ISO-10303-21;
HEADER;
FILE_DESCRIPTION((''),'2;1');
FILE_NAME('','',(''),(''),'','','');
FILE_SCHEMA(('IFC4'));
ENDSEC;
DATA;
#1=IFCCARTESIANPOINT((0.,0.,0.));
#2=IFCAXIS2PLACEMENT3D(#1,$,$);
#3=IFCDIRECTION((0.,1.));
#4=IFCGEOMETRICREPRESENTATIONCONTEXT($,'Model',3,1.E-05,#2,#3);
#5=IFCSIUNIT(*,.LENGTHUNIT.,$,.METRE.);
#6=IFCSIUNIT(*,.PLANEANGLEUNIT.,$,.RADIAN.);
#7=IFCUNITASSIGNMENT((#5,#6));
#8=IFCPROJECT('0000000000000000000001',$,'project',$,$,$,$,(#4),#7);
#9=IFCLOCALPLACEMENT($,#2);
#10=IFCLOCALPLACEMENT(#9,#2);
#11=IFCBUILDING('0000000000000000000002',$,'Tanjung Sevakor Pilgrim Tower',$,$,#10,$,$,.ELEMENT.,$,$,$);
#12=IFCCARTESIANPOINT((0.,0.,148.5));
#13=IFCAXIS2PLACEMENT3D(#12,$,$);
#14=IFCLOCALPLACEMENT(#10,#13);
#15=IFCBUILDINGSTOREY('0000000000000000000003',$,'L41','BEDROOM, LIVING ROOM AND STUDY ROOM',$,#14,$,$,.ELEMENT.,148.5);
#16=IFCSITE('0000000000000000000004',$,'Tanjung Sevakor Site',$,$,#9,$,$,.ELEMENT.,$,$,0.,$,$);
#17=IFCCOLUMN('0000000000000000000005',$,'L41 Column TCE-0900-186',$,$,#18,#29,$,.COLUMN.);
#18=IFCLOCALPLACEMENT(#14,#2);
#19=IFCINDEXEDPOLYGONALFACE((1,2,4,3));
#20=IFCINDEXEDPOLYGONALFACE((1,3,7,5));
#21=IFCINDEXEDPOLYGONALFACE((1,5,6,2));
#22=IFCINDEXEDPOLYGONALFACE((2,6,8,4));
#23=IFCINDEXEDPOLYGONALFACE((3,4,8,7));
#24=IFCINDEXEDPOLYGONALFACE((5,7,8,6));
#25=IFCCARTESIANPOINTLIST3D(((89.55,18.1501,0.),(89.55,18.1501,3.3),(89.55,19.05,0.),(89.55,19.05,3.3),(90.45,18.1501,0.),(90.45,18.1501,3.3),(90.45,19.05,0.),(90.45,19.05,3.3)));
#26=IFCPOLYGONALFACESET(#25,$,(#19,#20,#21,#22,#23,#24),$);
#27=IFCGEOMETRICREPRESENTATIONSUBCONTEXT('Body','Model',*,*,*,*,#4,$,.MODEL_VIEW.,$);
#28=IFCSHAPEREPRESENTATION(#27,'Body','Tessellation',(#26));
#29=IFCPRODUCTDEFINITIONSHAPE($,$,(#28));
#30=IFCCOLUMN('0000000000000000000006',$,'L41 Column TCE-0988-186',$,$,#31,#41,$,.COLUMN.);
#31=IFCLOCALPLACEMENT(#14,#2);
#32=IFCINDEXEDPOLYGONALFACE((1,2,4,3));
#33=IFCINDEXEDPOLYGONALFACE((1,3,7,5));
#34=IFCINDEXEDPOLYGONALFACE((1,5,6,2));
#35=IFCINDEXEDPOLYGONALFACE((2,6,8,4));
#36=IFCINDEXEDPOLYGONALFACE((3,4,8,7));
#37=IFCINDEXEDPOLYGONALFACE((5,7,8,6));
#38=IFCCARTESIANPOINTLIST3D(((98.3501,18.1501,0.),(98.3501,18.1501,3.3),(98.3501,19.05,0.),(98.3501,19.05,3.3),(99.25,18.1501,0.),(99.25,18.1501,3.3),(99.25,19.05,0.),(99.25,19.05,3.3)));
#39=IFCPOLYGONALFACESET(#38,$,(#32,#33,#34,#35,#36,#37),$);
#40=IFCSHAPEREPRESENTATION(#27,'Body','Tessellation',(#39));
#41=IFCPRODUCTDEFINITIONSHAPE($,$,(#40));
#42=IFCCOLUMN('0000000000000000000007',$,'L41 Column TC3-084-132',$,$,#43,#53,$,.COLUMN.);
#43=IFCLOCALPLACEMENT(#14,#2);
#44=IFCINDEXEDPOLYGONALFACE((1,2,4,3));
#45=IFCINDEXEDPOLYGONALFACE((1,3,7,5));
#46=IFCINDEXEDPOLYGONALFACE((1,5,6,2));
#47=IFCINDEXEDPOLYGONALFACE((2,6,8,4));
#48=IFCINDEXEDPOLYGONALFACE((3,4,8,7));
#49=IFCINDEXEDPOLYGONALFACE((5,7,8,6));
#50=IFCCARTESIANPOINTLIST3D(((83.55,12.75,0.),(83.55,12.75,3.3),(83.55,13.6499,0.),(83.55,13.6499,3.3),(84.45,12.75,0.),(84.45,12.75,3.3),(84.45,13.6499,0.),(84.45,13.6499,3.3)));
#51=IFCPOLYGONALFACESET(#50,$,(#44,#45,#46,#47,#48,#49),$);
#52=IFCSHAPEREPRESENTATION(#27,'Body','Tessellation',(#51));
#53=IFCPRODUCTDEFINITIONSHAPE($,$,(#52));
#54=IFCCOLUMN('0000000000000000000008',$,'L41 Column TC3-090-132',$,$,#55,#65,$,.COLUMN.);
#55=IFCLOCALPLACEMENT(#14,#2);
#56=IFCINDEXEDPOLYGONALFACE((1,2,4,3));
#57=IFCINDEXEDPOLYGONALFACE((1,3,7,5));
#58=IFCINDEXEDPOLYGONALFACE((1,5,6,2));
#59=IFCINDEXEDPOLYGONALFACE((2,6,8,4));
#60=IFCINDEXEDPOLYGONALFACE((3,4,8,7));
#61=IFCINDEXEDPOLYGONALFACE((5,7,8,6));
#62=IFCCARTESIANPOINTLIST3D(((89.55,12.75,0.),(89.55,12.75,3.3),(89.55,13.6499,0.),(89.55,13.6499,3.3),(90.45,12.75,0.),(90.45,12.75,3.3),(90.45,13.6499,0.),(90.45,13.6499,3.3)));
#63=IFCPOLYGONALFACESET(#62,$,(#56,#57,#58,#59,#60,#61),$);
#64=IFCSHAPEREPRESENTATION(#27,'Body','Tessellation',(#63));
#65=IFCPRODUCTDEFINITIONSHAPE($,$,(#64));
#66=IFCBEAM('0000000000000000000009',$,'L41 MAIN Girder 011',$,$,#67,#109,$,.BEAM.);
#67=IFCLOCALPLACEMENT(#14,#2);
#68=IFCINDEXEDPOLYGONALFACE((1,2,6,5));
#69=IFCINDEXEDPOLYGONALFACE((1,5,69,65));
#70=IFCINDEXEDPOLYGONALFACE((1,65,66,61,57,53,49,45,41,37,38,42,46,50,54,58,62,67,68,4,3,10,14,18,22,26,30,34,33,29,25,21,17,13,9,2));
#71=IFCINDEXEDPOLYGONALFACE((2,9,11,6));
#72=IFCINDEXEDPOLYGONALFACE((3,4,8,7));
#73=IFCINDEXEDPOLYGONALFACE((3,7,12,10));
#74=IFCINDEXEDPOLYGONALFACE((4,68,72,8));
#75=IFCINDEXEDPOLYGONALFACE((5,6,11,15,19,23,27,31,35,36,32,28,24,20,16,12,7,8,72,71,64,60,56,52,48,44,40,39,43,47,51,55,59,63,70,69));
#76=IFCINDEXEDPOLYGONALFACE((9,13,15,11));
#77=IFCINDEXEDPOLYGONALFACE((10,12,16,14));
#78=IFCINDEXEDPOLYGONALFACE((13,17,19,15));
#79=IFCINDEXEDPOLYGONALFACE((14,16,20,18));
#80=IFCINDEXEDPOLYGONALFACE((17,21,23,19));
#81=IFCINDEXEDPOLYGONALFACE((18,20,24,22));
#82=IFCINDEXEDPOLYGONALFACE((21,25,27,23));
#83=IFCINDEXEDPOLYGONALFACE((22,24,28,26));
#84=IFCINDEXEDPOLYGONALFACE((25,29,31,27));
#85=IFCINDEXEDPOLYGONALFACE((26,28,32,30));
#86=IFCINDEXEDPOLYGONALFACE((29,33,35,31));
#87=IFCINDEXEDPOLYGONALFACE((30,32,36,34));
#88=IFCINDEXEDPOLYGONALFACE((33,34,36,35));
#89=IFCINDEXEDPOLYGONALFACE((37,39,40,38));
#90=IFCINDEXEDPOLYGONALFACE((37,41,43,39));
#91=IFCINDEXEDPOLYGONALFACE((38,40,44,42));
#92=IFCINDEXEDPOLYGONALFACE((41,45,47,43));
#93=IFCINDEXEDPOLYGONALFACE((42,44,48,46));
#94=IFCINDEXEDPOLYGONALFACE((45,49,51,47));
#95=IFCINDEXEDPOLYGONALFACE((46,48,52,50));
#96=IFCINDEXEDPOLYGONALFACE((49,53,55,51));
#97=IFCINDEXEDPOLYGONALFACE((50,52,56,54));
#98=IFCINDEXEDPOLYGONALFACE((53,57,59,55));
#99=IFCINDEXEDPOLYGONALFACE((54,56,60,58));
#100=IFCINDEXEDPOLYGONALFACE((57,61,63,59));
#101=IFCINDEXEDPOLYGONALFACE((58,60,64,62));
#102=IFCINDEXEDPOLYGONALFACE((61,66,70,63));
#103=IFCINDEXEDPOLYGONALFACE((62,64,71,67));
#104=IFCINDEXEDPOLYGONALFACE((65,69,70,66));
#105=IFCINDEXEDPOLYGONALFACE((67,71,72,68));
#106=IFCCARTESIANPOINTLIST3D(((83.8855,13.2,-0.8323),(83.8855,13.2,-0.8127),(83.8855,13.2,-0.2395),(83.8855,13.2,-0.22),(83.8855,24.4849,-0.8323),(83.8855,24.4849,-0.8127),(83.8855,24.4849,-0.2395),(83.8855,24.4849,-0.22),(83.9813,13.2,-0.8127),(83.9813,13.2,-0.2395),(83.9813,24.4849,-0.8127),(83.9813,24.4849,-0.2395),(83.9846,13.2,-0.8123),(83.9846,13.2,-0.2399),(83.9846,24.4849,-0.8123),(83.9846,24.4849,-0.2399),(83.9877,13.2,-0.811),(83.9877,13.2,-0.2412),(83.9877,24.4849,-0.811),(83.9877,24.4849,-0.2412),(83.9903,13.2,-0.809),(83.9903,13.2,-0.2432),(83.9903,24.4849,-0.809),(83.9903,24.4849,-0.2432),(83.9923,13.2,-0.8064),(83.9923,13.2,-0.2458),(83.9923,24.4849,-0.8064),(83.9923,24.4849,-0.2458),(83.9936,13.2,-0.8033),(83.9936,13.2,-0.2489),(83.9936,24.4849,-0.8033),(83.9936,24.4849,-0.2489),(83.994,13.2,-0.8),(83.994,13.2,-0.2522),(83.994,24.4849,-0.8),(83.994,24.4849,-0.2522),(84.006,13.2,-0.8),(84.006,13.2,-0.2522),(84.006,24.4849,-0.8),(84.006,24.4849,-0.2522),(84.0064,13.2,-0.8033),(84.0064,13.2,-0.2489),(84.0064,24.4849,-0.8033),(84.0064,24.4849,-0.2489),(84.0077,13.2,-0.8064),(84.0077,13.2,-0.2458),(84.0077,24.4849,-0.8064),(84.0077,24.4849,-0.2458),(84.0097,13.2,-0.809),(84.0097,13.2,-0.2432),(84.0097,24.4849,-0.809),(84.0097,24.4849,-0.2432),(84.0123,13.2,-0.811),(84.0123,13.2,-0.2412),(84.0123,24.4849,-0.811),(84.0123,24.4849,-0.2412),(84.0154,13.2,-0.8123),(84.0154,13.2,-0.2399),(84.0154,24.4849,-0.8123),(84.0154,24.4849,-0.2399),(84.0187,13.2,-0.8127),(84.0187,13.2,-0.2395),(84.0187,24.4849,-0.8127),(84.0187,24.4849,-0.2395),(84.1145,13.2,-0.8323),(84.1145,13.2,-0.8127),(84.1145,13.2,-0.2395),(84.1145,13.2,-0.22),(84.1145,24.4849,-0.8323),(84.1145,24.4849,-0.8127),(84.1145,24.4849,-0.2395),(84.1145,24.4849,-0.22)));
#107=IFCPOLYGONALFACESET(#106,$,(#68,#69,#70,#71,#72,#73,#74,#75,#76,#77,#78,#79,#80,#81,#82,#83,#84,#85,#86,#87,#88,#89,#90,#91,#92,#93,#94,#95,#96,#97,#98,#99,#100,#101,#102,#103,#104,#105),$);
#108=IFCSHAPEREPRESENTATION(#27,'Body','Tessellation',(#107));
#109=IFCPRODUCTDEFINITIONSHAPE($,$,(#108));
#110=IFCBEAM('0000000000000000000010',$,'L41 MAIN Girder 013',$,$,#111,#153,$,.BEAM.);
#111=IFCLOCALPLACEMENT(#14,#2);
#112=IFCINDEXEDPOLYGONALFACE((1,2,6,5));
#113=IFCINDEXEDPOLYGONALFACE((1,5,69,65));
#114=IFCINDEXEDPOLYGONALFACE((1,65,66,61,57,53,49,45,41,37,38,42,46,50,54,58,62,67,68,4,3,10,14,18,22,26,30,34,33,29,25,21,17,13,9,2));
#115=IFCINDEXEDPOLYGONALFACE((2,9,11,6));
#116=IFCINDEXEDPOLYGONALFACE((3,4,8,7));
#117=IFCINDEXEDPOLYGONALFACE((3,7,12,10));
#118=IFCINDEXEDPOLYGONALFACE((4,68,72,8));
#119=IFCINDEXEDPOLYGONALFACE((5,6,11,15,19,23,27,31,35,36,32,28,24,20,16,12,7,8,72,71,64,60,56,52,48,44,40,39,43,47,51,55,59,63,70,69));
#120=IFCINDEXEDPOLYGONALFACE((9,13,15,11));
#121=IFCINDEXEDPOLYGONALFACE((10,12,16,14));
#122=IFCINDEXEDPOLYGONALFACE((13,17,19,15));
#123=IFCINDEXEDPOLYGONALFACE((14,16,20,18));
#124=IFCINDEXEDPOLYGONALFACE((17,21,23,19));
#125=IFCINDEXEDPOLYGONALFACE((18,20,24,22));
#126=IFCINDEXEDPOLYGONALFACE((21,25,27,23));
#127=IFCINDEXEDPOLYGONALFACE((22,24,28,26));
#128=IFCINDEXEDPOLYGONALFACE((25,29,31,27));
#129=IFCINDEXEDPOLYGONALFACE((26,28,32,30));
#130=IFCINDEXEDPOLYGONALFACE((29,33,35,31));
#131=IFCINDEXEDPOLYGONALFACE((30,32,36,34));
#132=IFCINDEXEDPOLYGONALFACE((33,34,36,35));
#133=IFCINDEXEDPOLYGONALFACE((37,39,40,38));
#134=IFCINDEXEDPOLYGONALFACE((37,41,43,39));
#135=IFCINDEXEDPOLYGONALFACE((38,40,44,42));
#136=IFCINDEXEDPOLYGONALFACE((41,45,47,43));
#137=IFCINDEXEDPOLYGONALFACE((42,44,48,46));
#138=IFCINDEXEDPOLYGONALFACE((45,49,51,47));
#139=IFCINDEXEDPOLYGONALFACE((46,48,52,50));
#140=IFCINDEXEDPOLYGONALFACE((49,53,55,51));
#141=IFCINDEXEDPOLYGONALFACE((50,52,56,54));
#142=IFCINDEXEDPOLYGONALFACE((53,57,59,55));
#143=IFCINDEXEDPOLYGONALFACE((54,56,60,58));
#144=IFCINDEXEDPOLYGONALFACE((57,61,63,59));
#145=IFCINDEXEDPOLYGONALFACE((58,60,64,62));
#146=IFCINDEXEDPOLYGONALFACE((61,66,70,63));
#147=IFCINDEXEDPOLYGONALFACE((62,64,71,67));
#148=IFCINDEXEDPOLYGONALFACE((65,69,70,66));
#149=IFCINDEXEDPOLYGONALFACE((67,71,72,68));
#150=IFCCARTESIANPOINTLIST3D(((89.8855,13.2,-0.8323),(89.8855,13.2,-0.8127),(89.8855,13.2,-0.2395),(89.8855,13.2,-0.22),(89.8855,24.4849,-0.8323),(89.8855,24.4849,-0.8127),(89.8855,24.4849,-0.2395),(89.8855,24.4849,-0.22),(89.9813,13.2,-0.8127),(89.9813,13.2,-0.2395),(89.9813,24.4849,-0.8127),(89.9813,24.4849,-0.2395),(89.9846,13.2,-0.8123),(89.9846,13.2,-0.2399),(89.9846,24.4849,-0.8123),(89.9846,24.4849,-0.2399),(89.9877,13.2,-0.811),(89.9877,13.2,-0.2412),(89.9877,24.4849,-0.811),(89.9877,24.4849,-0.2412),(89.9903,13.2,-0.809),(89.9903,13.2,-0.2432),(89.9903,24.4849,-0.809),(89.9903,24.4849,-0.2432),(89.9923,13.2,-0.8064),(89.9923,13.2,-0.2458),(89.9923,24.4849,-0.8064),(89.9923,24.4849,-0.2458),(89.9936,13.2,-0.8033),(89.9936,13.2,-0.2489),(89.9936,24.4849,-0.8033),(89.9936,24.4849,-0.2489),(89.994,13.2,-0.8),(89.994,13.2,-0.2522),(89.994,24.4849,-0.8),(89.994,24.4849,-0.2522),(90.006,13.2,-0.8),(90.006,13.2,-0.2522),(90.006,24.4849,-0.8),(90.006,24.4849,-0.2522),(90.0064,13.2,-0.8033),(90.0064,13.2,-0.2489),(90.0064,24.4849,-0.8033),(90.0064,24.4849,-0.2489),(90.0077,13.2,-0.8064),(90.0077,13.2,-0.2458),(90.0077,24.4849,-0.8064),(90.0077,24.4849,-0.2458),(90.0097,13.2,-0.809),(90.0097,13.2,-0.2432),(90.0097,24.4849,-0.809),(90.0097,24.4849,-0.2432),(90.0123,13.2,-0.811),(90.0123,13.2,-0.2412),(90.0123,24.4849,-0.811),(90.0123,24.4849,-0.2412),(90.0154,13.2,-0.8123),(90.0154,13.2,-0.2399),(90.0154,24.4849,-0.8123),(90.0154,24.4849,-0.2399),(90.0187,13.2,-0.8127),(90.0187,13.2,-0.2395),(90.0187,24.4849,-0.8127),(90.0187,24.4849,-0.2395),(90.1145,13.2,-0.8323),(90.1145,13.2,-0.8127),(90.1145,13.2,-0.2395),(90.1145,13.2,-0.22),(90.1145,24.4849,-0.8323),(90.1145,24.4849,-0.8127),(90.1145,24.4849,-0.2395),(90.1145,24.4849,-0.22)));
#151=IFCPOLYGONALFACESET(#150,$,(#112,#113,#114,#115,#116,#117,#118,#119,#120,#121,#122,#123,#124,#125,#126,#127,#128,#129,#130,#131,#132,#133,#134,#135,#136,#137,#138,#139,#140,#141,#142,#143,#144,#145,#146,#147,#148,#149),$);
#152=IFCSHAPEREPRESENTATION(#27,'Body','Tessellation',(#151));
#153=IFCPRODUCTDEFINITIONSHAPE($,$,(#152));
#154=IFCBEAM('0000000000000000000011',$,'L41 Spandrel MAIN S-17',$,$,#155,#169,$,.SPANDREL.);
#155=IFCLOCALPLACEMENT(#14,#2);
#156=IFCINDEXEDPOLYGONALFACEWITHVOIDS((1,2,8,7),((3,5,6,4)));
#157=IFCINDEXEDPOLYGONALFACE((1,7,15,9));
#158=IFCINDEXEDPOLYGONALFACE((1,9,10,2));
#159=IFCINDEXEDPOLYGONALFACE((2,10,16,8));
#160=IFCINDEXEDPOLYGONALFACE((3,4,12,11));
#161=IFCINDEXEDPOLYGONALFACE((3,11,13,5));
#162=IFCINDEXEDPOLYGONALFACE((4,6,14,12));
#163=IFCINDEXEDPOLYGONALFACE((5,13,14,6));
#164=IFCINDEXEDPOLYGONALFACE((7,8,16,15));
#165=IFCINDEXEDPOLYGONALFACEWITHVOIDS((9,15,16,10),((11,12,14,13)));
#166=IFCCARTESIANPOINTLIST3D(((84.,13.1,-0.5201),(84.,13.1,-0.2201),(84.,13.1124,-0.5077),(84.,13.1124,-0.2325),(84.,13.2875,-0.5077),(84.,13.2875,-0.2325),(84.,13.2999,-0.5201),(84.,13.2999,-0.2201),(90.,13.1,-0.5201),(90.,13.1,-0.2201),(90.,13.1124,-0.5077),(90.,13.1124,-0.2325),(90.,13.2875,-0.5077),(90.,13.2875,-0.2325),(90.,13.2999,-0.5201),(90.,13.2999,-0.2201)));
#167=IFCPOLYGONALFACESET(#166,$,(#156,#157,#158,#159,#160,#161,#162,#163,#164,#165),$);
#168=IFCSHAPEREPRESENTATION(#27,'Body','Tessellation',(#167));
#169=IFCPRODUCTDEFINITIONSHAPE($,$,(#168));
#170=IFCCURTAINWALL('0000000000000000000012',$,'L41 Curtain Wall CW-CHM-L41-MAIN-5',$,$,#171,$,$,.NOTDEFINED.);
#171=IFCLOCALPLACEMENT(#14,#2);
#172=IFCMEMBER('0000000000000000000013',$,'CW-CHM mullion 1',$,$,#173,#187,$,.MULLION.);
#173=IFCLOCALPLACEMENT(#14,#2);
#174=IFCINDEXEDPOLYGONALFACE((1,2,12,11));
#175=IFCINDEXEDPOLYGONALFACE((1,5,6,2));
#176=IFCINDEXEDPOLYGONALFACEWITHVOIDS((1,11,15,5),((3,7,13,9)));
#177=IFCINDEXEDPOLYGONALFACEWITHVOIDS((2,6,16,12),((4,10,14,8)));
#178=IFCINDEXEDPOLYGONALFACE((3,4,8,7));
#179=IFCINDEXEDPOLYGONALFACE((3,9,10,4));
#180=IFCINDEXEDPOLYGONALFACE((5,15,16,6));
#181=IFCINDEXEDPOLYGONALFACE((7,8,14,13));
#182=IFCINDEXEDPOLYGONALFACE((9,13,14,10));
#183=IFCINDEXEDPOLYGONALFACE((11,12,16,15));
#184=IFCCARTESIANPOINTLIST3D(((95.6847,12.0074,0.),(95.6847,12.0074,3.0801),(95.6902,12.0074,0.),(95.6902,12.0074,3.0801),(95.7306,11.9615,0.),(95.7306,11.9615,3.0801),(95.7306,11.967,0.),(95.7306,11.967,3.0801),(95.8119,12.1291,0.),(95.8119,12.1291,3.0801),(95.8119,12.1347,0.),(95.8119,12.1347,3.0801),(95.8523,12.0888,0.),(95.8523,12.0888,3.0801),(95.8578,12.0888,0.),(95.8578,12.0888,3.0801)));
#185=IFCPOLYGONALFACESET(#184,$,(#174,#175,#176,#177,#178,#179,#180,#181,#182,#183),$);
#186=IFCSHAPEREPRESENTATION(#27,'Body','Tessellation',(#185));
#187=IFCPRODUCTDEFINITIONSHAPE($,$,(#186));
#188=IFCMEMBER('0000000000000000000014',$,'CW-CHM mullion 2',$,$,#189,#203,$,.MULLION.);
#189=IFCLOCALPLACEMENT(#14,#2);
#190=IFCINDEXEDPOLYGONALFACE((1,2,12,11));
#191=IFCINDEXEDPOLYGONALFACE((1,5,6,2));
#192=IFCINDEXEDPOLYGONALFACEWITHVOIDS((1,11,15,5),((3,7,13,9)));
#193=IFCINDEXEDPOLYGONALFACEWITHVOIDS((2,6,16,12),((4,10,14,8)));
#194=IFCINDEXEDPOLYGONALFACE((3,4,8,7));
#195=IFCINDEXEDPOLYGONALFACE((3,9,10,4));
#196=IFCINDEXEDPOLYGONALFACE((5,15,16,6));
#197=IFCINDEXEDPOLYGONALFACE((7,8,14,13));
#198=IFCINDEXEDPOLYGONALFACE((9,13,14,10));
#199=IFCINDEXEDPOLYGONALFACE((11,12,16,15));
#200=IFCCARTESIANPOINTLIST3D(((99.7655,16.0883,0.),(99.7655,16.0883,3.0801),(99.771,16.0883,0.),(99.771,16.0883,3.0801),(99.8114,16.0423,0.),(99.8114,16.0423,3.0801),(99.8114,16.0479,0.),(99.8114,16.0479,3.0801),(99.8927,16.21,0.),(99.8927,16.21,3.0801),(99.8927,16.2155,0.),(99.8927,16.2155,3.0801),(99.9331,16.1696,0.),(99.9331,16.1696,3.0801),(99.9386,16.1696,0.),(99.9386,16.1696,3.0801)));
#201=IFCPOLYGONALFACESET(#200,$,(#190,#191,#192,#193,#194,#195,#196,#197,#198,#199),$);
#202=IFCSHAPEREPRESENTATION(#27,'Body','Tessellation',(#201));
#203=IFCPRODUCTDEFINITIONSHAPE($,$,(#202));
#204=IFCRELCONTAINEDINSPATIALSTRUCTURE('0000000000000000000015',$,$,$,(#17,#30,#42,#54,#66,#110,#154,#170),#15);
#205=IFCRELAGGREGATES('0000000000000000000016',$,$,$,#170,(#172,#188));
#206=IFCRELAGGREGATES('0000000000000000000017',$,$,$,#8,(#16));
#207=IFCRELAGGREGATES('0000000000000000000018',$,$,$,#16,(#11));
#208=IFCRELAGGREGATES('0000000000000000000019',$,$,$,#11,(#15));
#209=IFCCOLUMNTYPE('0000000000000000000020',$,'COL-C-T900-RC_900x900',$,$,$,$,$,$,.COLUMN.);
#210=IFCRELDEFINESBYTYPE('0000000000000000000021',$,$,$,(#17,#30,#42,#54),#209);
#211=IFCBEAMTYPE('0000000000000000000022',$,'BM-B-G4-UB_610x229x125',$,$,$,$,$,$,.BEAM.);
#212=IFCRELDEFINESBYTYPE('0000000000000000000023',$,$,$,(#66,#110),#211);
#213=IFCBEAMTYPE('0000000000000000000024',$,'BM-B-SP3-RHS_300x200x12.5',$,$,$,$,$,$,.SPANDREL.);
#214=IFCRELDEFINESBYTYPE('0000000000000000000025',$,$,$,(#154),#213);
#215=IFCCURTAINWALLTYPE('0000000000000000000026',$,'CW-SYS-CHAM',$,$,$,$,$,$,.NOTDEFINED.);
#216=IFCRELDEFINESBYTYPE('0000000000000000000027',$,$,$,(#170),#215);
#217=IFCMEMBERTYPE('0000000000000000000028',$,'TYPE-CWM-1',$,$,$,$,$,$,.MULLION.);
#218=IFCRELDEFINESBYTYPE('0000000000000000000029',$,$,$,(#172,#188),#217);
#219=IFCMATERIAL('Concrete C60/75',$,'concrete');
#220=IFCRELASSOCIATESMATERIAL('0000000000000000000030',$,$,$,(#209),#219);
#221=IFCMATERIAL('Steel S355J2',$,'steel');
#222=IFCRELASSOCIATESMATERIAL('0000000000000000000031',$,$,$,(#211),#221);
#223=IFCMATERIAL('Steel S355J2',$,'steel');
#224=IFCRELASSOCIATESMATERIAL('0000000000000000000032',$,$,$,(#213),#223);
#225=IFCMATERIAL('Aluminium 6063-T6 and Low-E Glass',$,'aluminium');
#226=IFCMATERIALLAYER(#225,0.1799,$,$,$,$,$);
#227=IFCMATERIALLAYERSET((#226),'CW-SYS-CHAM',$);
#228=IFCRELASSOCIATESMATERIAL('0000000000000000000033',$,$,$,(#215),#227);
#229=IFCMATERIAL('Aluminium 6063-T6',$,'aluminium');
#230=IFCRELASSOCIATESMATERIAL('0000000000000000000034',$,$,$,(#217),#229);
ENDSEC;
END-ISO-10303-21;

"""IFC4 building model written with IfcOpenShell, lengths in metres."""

from ifc_helpers import new_model, si_unit, direction, frame, origin, origin_2d, place, context, subcontext, project, spatial, rectangle, hollow_rectangle, i_section, extrude, material, layer, layer_set, material_profile, profile_set, type_object, element, aggregate, save


model = new_model("IFC4")

# Units and contexts
model_context = context("Model", 3, precision=1e-05, world=origin(), true_north=direction((0.0, 1.0)))
body_context = subcontext(model_context, "Body", "Model", "MODEL_VIEW")
ifc_project = project(units=[si_unit("LENGTHUNIT", "METRE"), si_unit("PLANEANGLEUNIT", "RADIAN")], contexts=[model_context])

# Site, building, storey
site_placement = place(None, origin())
site = spatial("IfcSite", under=ifc_project, at=site_placement, Name="Tanjung Sevakor Site", CompositionType="ELEMENT", RefElevation=0.0)
building_placement = place(site_placement, origin())
building = spatial("IfcBuilding", under=site, at=building_placement, Name="Tanjung Sevakor Pilgrim Tower", CompositionType="ELEMENT")
storey_placement = place(building_placement, frame((0.0, 0.0, 148.5)))
storey = spatial("IfcBuildingStorey", under=building, at=storey_placement, Name="L41", Description="BEDROOM, LIVING ROOM AND STUDY ROOM", CompositionType="ELEMENT", Elevation=148.5)

# Columns
ifc_material_1 = material(Name="Concrete C60/75", Category="concrete")
ifc_material_profile_1 = material_profile(ifc_material_1, rectangle(XDim=0.8999, YDim=0.8999, at=origin_2d()))
ifc_profile_set_1 = profile_set([ifc_material_profile_1], Name="Concrete C60/75")
column_type = type_object("IfcColumnType", Name="COL-C-T900-RC_900x900", PredefinedType="COLUMN", material=ifc_profile_set_1)
for number, where, z_axis, x_axis, name in (
    (1, (90.0, 18.6001, 0.0), (0.0, 0.0, 1.0), (1.0, 0.0, 0.0), "L41 Column TCE-0900-186"),
    (2, (98.8, 18.6001, 0.0), (0.0, 0.0, 1.0), (1.0, 0.0, 0.0), "L41 Column TCE-0988-186"),
    (3, (84.0, 13.2, 0.0), (0.0, 0.0, 1.0), (1.0, 0.0, 0.0), "L41 Column TC3-084-132"),
    (4, (90.0, 13.2, 0.0), (0.0, 0.0, 1.0), (1.0, 0.0, 0.0), "L41 Column TC3-090-132"),
):
    element("IfcColumn", number, at=place(storey_placement, frame(where, z_axis=z_axis, x_axis=x_axis)), inside=storey, type_object=column_type, Name=name, PredefinedType="COLUMN", context=body_context, shape_type="SweptSolid", body=[
        extrude(rectangle(XDim=0.8999, YDim=0.8999, at=origin_2d()), origin(), (0.0, 0.0, 1.0), 3.3),
    ])

# Beams
ifc_material_2 = material(Name="Steel S355J2", Category="steel")
ifc_material_profile_2 = material_profile(ifc_material_2, i_section(OverallWidth=0.229, OverallDepth=0.6123, WebThickness=0.012, FlangeThickness=0.0195, FilletRadius=0.0127, at=origin_2d()))
ifc_profile_set_2 = profile_set([ifc_material_profile_2], Name="Steel S355J2")
beam_type_1 = type_object("IfcBeamType", Name="BM-B-G4-UB_610x229x125", PredefinedType="BEAM", material=ifc_profile_set_2)
for number, where, z_axis, x_axis, name in (
    (5, (84.0, 13.2, -0.5261), (0.0, 1.0, 0.0), (-1.0, 0.0, 0.0), "L41 MAIN Girder 011"),
    (6, (90.0, 13.2, -0.5261), (0.0, 1.0, 0.0), (-1.0, 0.0, 0.0), "L41 MAIN Girder 013"),
):
    element("IfcBeam", number, at=place(storey_placement, frame(where, z_axis=z_axis, x_axis=x_axis)), inside=storey, type_object=beam_type_1, Name=name, PredefinedType="BEAM", context=body_context, shape_type="SweptSolid", body=[
        extrude(i_section(OverallWidth=0.229, OverallDepth=0.6123, WebThickness=0.012, FlangeThickness=0.0195, FilletRadius=0.0127, at=origin_2d()), origin(), (0.0, 0.0, 1.0), 11.2849),
    ])
ifc_material_3 = material(Name="Steel S355J2", Category="steel")
ifc_material_profile_3 = material_profile(ifc_material_3, hollow_rectangle(XDim=0.2, YDim=0.3, WallThickness=0.0125, at=origin_2d()))
ifc_profile_set_3 = profile_set([ifc_material_profile_3], Name="Steel S355J2")
beam_type_2 = type_object("IfcBeamType", Name="BM-B-SP3-RHS_300x200x12.5", PredefinedType="SPANDREL", material=ifc_profile_set_3)
beam_placement = place(storey_placement, frame((84.0, 13.2, -0.3701), z_axis=(1.0, 0.0, 0.0), x_axis=(0.0, 1.0, 0.0)))
element("IfcBeam", 7, at=beam_placement, inside=storey, type_object=beam_type_2, Name="L41 Spandrel MAIN S-17", PredefinedType="SPANDREL", context=body_context, shape_type="SweptSolid", body=[
    extrude(hollow_rectangle(XDim=0.2, YDim=0.3, WallThickness=0.0125, at=origin_2d()), origin(), (0.0, 0.0, 1.0), 6.0),
])

# Curtain wall, members
ifc_material_4 = material(Name="Aluminium 6063-T6 and Low-E Glass", Category="aluminium")
ifc_layer_1 = layer(ifc_material_4, 0.1799)
ifc_layer_set_1 = layer_set([ifc_layer_1], Name="CW-SYS-CHAM")
curtain_wall_type = type_object("IfcCurtainWallType", Name="CW-SYS-CHAM", PredefinedType="NOTDEFINED", material=ifc_layer_set_1)
curtain_wall_placement = place(storey_placement, origin())
curtain_wall = element("IfcCurtainWall", 8, at=curtain_wall_placement, inside=storey, type_object=curtain_wall_type, Name="L41 Curtain Wall CW-CHM-L41-MAIN-5", PredefinedType="NOTDEFINED")
ifc_material_5 = material(Name="Aluminium 6063-T6", Category="aluminium")
ifc_material_profile_4 = material_profile(ifc_material_5, hollow_rectangle(XDim=0.0649, YDim=0.1799, WallThickness=0.0039, at=origin_2d()))
ifc_profile_set_4 = profile_set([ifc_material_profile_4], Name="Aluminium 6063-T6")
member_type_1 = type_object("IfcMemberType", Name="TYPE-CWM-1", PredefinedType="MULLION", material=ifc_profile_set_4)
member_1_placement = place(storey_placement, frame((95.7712, 12.0481, 0.0), z_axis=(0.0, 0.0, 1.0), x_axis=(-0.707107, 0.707107, 0.0)))
member_1 = element("IfcMember", 9, at=member_1_placement, type_object=member_type_1, Name="CW-CHM mullion 1", PredefinedType="MULLION", context=body_context, shape_type="SweptSolid", body=[
    extrude(hollow_rectangle(XDim=0.0649, YDim=0.1799, WallThickness=0.0039, at=origin_2d()), origin(), (0.0, 0.0, 1.0), 3.0801),
])
member_2_placement = place(storey_placement, frame((99.8521, 16.1289, 0.0), z_axis=(0.0, 0.0, 1.0), x_axis=(-0.707107, 0.707107, 0.0)))
member_2 = element("IfcMember", 10, at=member_2_placement, type_object=member_type_1, Name="CW-CHM mullion 2", PredefinedType="MULLION", context=body_context, shape_type="SweptSolid", body=[
    extrude(hollow_rectangle(XDim=0.0649, YDim=0.1799, WallThickness=0.0039, at=origin_2d()), origin(), (0.0, 0.0, 1.0), 3.0801),
])
aggregate(curtain_wall, [member_1, member_2])

save(model, "model.ifc")
